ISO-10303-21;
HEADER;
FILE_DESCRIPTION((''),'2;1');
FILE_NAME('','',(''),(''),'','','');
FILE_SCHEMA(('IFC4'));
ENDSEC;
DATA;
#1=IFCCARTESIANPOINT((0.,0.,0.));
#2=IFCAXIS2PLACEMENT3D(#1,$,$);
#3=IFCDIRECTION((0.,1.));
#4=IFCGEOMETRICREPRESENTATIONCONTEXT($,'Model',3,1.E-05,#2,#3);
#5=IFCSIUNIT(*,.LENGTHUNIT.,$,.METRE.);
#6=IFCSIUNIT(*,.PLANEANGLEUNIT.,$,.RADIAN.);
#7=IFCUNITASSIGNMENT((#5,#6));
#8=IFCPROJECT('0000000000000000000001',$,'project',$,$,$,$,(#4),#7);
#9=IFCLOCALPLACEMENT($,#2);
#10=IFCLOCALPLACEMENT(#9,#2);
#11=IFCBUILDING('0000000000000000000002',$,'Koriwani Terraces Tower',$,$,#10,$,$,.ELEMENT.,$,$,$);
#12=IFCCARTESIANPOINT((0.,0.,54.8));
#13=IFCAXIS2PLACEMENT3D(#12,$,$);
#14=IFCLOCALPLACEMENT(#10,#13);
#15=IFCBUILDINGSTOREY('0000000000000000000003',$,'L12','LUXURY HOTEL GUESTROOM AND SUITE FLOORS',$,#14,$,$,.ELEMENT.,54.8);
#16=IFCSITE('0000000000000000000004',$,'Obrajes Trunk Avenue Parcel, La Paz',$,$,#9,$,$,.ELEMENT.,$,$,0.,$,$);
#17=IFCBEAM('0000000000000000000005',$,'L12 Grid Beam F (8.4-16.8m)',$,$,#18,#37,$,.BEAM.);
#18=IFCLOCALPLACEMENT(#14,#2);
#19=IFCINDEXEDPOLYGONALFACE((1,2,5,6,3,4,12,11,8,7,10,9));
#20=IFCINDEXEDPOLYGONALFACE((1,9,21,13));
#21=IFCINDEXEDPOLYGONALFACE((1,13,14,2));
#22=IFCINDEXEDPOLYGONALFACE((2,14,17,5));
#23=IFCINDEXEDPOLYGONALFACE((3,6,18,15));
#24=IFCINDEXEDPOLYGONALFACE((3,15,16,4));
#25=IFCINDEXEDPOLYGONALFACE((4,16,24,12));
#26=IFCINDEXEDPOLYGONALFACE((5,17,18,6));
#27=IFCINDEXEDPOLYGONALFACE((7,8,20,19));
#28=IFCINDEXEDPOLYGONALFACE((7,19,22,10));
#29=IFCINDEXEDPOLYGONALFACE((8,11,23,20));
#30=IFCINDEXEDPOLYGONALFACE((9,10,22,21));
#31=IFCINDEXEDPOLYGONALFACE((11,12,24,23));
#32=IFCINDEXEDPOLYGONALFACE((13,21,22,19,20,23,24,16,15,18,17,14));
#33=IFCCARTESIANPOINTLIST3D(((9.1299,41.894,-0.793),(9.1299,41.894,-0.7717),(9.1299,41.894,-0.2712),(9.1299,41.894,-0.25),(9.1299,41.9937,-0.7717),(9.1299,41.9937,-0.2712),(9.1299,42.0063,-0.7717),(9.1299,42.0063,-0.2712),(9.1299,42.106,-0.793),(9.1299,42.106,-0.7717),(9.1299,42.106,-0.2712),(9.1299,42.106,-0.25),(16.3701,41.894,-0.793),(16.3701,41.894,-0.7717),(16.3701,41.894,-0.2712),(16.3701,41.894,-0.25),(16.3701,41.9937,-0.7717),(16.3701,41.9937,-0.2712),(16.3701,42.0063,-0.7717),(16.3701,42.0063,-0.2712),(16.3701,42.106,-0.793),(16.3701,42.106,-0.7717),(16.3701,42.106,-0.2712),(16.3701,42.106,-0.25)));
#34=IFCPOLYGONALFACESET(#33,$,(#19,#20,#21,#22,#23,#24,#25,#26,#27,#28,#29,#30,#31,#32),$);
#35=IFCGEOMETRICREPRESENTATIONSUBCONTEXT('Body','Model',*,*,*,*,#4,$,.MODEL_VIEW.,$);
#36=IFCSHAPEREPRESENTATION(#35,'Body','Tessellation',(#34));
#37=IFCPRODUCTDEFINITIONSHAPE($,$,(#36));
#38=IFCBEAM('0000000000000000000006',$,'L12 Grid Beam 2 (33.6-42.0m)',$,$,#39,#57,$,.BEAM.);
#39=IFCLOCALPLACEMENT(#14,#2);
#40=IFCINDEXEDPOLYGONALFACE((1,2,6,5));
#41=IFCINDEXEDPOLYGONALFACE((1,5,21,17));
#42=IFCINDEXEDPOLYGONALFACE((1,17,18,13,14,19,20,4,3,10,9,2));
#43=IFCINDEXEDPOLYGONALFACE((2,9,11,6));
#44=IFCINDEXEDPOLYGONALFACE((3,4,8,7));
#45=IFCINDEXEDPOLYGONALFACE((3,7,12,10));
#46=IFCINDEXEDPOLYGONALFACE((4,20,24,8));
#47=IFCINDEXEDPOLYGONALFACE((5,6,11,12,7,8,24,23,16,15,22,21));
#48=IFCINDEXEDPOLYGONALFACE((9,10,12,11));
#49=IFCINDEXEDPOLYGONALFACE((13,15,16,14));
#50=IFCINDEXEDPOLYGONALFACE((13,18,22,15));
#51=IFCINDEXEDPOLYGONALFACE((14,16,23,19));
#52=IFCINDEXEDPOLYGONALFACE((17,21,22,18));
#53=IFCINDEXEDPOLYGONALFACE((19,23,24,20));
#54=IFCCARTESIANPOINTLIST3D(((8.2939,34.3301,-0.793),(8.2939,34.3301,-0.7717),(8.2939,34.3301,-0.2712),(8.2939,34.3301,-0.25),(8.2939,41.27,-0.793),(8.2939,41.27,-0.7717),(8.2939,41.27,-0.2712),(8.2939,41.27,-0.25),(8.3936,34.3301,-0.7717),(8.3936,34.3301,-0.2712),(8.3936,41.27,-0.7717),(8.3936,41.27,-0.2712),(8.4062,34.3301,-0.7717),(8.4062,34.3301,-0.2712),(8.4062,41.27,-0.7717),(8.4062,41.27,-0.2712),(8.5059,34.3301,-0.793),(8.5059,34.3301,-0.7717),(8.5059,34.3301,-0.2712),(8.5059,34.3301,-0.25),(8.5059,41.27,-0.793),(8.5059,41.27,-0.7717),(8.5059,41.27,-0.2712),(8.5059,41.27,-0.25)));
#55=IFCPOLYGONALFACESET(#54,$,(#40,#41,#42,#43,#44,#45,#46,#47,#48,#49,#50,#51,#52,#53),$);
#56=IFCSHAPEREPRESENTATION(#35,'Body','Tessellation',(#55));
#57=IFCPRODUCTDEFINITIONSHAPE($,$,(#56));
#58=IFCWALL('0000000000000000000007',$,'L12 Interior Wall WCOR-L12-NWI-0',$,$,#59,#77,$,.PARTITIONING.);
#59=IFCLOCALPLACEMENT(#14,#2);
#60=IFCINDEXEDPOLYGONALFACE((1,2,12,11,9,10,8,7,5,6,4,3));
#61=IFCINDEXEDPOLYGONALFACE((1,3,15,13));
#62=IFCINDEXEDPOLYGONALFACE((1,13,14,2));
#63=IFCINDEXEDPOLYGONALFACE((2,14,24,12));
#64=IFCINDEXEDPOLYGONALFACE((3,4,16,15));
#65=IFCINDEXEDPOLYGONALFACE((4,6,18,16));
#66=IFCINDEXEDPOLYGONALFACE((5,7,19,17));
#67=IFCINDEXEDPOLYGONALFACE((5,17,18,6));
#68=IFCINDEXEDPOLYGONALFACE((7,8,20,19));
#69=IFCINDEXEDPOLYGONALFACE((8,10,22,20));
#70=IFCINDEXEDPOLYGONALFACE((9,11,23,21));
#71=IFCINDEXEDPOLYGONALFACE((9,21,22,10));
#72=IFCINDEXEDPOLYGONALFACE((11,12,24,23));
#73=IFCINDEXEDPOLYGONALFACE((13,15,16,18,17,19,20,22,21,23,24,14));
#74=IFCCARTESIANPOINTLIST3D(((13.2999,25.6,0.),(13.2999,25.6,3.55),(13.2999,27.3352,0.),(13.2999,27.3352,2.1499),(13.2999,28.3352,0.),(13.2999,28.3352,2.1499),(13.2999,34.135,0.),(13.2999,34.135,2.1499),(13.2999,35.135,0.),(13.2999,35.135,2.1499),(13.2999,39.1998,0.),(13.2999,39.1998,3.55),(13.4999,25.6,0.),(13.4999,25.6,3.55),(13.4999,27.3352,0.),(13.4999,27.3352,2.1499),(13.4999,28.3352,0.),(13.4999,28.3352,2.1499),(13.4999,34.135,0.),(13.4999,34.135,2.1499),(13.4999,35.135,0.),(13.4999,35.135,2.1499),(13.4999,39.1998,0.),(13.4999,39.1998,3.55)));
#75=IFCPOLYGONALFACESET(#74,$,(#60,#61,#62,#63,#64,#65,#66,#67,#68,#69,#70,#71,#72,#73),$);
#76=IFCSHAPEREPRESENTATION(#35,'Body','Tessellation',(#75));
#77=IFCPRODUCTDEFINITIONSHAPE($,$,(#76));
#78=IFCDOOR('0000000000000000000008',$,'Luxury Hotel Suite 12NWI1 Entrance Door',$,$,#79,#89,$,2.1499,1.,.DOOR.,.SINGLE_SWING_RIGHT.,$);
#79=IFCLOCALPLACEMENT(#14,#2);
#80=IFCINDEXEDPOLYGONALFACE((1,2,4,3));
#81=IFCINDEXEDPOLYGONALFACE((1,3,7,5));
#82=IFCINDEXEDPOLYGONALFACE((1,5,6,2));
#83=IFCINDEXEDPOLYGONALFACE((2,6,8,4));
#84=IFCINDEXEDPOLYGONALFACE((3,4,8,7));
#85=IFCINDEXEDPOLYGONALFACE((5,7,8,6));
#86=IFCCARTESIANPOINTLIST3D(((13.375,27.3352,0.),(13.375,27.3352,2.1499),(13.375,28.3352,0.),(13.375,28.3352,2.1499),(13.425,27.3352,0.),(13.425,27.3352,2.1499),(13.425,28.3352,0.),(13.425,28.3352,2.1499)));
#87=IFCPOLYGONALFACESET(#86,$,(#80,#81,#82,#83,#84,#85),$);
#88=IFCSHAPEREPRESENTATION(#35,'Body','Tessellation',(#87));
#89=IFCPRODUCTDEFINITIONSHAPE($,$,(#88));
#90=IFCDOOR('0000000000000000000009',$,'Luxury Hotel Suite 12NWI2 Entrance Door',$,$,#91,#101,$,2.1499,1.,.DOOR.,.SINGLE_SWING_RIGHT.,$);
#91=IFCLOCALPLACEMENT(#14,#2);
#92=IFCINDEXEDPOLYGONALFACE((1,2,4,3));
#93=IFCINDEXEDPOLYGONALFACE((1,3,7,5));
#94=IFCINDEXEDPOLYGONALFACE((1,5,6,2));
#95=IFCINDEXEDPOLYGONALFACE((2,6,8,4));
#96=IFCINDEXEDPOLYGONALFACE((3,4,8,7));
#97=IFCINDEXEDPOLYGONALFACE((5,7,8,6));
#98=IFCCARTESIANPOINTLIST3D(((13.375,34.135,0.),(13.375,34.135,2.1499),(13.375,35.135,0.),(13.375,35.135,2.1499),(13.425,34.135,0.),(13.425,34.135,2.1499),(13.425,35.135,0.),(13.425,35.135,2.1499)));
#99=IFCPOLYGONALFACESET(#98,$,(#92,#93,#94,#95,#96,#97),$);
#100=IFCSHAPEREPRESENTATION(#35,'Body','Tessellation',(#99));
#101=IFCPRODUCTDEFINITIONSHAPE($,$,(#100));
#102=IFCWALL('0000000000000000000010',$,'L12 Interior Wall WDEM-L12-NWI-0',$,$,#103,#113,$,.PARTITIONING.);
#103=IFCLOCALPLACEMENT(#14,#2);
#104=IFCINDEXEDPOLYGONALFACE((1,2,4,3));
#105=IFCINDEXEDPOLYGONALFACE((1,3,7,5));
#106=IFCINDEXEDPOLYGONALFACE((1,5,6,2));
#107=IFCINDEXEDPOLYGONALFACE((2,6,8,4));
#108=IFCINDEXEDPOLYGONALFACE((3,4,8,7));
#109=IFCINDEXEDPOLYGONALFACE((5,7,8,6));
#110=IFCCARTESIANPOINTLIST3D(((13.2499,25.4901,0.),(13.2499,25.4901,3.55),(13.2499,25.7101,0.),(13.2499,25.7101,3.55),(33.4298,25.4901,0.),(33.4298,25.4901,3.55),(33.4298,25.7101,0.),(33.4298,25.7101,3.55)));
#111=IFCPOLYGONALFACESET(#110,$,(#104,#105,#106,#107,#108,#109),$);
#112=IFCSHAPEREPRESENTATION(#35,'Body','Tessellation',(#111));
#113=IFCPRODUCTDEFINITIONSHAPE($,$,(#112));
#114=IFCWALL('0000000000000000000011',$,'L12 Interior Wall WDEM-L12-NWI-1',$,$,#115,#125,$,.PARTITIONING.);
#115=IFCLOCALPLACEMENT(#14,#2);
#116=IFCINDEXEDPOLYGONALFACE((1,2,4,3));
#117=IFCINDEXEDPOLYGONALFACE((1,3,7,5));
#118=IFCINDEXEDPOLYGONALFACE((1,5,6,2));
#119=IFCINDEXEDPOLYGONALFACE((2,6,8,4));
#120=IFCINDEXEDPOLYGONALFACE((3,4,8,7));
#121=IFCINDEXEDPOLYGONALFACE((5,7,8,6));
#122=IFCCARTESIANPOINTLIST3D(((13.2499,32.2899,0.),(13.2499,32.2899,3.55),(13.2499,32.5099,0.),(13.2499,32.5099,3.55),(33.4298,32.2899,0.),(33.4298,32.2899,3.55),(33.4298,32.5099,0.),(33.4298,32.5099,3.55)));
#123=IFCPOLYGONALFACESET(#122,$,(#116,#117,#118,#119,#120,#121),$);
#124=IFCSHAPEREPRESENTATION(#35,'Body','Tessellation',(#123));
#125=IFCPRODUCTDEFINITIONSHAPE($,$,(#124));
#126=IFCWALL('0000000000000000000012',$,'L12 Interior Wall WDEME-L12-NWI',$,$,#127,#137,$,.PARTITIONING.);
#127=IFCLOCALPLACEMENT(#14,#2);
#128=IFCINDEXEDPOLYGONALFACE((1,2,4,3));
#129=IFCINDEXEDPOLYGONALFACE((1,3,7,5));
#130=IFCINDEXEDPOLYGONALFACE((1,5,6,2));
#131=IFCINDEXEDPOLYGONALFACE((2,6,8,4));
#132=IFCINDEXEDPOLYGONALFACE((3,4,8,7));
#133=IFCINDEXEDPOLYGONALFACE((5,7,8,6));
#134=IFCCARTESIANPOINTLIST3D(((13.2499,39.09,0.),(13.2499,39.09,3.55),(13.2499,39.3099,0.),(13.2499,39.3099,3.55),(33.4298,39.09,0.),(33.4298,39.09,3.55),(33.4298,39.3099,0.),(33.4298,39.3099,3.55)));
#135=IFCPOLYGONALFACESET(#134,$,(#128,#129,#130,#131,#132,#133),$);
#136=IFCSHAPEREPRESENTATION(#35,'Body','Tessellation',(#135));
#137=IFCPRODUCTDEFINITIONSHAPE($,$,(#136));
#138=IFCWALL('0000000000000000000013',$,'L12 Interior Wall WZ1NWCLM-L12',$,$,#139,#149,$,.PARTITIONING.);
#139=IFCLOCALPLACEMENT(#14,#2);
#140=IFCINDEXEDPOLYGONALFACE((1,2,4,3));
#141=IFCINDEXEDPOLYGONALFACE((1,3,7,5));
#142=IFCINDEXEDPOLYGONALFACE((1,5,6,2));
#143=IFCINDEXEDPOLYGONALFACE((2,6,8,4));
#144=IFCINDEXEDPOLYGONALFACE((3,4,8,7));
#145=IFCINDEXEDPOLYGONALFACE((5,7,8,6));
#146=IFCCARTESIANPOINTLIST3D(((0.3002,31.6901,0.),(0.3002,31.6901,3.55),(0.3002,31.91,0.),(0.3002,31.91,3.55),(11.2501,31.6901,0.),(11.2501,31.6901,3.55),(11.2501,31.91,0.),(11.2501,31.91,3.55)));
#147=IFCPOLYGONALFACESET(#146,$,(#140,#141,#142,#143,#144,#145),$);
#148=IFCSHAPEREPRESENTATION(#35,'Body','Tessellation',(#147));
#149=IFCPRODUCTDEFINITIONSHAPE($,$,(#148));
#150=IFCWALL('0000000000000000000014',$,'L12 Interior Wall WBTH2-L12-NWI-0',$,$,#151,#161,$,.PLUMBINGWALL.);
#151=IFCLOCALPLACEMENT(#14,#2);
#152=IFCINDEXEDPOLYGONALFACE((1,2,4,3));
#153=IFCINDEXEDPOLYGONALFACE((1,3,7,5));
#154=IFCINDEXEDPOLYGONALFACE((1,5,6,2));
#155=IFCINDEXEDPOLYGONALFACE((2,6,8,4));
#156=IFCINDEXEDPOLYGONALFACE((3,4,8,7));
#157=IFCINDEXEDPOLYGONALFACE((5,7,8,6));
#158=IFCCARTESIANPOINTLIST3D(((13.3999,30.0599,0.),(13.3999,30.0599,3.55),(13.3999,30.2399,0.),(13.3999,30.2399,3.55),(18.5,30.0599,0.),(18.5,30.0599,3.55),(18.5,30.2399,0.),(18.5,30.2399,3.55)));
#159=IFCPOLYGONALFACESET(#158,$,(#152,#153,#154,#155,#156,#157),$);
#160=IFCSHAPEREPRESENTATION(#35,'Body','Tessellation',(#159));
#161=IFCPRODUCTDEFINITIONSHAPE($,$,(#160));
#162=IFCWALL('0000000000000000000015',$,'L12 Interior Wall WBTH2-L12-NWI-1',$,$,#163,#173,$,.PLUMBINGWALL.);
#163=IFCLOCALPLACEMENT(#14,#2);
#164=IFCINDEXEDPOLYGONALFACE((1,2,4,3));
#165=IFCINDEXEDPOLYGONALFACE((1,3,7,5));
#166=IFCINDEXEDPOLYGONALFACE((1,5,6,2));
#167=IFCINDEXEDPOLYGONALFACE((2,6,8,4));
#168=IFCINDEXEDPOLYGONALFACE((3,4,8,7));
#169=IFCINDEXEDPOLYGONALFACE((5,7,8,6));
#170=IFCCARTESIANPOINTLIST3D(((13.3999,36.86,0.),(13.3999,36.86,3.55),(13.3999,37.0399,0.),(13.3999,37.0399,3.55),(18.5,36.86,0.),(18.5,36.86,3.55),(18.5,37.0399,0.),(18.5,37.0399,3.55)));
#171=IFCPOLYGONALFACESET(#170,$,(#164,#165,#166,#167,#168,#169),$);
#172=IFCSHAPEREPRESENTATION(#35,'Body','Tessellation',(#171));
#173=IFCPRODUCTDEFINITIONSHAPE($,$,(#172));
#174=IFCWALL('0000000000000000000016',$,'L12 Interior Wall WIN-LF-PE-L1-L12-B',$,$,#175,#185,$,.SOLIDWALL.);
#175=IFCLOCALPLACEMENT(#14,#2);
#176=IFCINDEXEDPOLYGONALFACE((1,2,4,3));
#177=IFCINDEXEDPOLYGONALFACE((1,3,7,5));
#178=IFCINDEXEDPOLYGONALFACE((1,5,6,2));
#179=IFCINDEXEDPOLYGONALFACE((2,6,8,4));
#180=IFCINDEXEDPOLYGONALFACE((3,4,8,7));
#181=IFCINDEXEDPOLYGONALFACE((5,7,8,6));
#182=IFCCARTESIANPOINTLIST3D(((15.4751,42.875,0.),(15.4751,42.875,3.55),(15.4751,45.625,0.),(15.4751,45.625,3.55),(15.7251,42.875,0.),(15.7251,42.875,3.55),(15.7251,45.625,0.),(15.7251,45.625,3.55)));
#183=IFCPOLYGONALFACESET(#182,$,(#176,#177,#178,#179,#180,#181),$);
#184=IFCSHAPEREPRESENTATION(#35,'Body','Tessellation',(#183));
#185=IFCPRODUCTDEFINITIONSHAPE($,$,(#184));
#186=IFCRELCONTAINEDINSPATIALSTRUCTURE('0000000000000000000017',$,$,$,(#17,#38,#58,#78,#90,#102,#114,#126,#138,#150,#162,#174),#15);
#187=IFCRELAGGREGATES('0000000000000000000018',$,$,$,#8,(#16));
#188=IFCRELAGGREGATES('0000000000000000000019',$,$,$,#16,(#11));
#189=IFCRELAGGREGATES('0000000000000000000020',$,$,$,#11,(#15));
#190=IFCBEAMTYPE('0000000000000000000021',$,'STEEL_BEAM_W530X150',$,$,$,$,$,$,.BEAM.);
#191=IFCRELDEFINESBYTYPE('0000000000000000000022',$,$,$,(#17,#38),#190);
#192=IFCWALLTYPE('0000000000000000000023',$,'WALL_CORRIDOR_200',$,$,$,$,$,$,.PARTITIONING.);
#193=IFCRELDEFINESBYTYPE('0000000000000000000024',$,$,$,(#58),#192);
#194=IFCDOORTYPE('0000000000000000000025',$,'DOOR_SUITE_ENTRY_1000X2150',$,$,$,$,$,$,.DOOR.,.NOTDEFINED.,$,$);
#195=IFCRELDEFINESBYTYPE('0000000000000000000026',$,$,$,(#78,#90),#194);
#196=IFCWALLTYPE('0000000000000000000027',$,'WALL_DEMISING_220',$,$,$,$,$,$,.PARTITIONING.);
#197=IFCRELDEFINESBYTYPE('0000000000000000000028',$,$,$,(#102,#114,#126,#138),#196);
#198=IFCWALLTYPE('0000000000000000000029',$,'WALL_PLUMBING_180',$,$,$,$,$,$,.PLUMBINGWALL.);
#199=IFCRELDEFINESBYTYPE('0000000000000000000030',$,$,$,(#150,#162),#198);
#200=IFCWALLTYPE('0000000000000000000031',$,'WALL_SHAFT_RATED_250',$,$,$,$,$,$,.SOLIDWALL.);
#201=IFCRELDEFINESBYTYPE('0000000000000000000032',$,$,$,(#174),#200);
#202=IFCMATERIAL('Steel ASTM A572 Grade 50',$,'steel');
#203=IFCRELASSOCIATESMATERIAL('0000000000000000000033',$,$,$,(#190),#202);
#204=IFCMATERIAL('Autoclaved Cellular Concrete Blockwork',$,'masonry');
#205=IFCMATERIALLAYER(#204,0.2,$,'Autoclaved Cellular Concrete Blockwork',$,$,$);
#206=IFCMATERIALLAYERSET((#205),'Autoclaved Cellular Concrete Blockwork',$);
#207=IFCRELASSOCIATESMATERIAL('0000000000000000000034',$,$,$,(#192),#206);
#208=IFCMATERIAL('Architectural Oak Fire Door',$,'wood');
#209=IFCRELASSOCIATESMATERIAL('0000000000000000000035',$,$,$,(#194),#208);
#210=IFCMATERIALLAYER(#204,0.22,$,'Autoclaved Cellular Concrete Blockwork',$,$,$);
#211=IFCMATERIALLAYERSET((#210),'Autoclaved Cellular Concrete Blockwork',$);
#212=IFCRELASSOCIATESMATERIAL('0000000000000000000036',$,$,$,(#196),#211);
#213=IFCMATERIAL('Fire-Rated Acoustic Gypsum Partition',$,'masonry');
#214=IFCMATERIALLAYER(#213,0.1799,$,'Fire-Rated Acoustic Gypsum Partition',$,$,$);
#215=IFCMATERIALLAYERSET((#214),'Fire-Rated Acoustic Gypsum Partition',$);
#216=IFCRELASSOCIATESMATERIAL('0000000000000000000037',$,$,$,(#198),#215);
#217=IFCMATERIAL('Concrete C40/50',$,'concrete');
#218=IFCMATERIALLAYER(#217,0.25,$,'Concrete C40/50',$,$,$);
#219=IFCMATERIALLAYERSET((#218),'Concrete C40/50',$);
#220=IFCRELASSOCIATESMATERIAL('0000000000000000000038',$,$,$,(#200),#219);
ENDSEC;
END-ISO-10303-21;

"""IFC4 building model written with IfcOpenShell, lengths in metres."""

from ifc_helpers import new_model, si_unit, direction, frame, frame_2d, origin, origin_2d, place, context, subcontext, project, spatial, rectangle, i_section, extrude, material, layer, layer_set, material_profile, profile_set, type_object, element, fill, save


model = new_model("IFC4")

# Units and contexts
model_context = context("Model", 3, precision=1e-05, world=origin(), true_north=direction((0.0, 1.0)))
body_context = subcontext(model_context, "Body", "Model", "MODEL_VIEW")
ifc_project = project(units=[si_unit("LENGTHUNIT", "METRE"), si_unit("PLANEANGLEUNIT", "RADIAN")], contexts=[model_context])

# Site, building, storey
site_placement = place(None, origin())
site = spatial("IfcSite", under=ifc_project, at=site_placement, Name="Obrajes Trunk Avenue Parcel, La Paz", CompositionType="ELEMENT", RefElevation=0.0)
building_placement = place(site_placement, origin())
building = spatial("IfcBuilding", under=site, at=building_placement, Name="Koriwani Terraces Tower", CompositionType="ELEMENT")
storey_placement = place(building_placement, frame((0.0, 0.0, 54.8)))
storey = spatial("IfcBuildingStorey", under=building, at=storey_placement, Name="L12", Description="LUXURY HOTEL GUESTROOM AND SUITE FLOORS", CompositionType="ELEMENT", Elevation=54.8)

# Beams
ifc_material_1 = material(Name="Concrete C40/50", Category="concrete")
ifc_material_2 = material(Name="Steel ASTM A572 Grade 50", Category="steel")
ifc_material_profile_1 = material_profile(ifc_material_2, i_section(OverallWidth=0.2119, OverallDepth=0.543, WebThickness=0.0127, FlangeThickness=0.0212, at=origin_2d()), Name="Steel ASTM A572 Grade 50", Category="LoadBearing")
ifc_profile_set_1 = profile_set([ifc_material_profile_1], Name="Steel ASTM A572 Grade 50")
beam_type_1 = type_object("IfcBeamType", Name="STEEL_BEAM_W530X150", PredefinedType="BEAM", material=ifc_profile_set_1)
beam_1_placement = place(storey_placement, frame((9.1299, 42.0, -0.5215), z_axis=(1.0, 0.0, 0.0), x_axis=(0.0, 1.0, 0.0)))
element("IfcBeam", 1, at=beam_1_placement, inside=storey, type_object=beam_type_1, Name="L12 Grid Beam F (8.4-16.8m)", PredefinedType="BEAM", context=body_context, shape_type="SweptSolid", body=[
    extrude(i_section(OverallWidth=0.2119, OverallDepth=0.543, WebThickness=0.0127, FlangeThickness=0.0212, at=origin_2d()), origin(), (0.0, 0.0, 1.0), 7.2402),
])
beam_2_placement = place(storey_placement, frame((8.3999, 34.3301, -0.5215), z_axis=(0.0, 1.0, 0.0), x_axis=(-1.0, 0.0, 0.0)))
element("IfcBeam", 2, at=beam_2_placement, inside=storey, type_object=beam_type_1, Name="L12 Grid Beam 2 (33.6-42.0m)", PredefinedType="BEAM", context=body_context, shape_type="SweptSolid", body=[
    extrude(i_section(OverallWidth=0.2119, OverallDepth=0.543, WebThickness=0.0127, FlangeThickness=0.0212, at=origin_2d()), origin(), (0.0, 0.0, 1.0), 6.9399),
])

# Wall, openings, doors
ifc_material_3 = material(Name="Autoclaved Cellular Concrete Blockwork", Category="masonry")
ifc_layer_1 = layer(ifc_material_3, 0.2, Name="Autoclaved Cellular Concrete Blockwork")
ifc_layer_set_1 = layer_set([ifc_layer_1], Name="Autoclaved Cellular Concrete Blockwork")
wall_type_1 = type_object("IfcWallType", Name="WALL_CORRIDOR_200", PredefinedType="PARTITIONING", material=ifc_layer_set_1)
wall_1_placement = place(storey_placement, frame((13.3999, 25.6001, 0.0), z_axis=(0.0, 0.0, 1.0), x_axis=(0.0, 1.0, 0.0)))
wall_1 = element("IfcWall", 3, at=wall_1_placement, inside=storey, type_object=wall_type_1, Name="L12 Interior Wall WCOR-L12-NWI-0", PredefinedType="PARTITIONING", context=body_context, shape_type="SweptSolid", body=[
    extrude(rectangle(XDim=13.5999, YDim=0.2, at=frame_2d((6.7998, 0.0))), origin(), (0.0, 0.0, 1.0), 3.55),
])
opening_1_placement = place(wall_1_placement, frame((1.7351, 0.0, 0.0)))
opening_1 = element("IfcOpeningElement", 4, at=opening_1_placement, cuts=wall_1, PredefinedType="OPENING", context=body_context, shape_type="SweptSolid", body=[
    extrude(rectangle(XDim=1.0, YDim=2.1499, at=frame_2d((0.5, 1.075))), frame((0.0, 0.1099, 0.0), z_axis=(0.0, -1.0, 0.0), x_axis=(1.0, 0.0, 0.0)), (0.0, 0.0, 1.0), 0.22),
])
opening_2_placement = place(wall_1_placement, frame((8.5349, 0.0, 0.0)))
opening_2 = element("IfcOpeningElement", 5, at=opening_2_placement, cuts=wall_1, PredefinedType="OPENING", context=body_context, shape_type="SweptSolid", body=[
    extrude(rectangle(XDim=1.0, YDim=2.1499, at=frame_2d((0.5, 1.075))), frame((0.0, 0.1099, 0.0), z_axis=(0.0, -1.0, 0.0), x_axis=(1.0, 0.0, 0.0)), (0.0, 0.0, 1.0), 0.22),
])
ifc_material_4 = material(Name="Architectural Oak Fire Door", Category="wood")
door_type_1 = type_object("IfcDoorType", Name="DOOR_SUITE_ENTRY_1000X2150", OperationType="NOTDEFINED", PredefinedType="DOOR", material=ifc_material_4)
door_1_placement = place(opening_1_placement, origin())
door_1 = element("IfcDoor", 6, at=door_1_placement, inside=storey, type_object=door_type_1, Name="Luxury Hotel Suite 12NWI1 Entrance Door", OperationType="SINGLE_SWING_RIGHT", OverallHeight=2.1499, OverallWidth=1.0, PredefinedType="DOOR", context=body_context, shape_type="SweptSolid", body=[
    extrude(rectangle(XDim=1.0, YDim=2.1499, at=frame_2d((0.5, 1.075))), frame((0.0, 0.0249, 0.0), z_axis=(0.0, -1.0, 0.0), x_axis=(1.0, 0.0, 0.0)), (0.0, 0.0, 1.0), 0.05),
])
fill(opening_1, door_1)
door_2_placement = place(opening_2_placement, origin())
door_2 = element("IfcDoor", 7, at=door_2_placement, inside=storey, type_object=door_type_1, Name="Luxury Hotel Suite 12NWI2 Entrance Door", OperationType="SINGLE_SWING_RIGHT", OverallHeight=2.1499, OverallWidth=1.0, PredefinedType="DOOR", context=body_context, shape_type="SweptSolid", body=[
    extrude(rectangle(XDim=1.0, YDim=2.1499, at=frame_2d((0.5, 1.075))), frame((0.0, 0.0249, 0.0), z_axis=(0.0, -1.0, 0.0), x_axis=(1.0, 0.0, 0.0)), (0.0, 0.0, 1.0), 0.05),
])
fill(opening_2, door_2)

# Walls
ifc_layer_2 = layer(ifc_material_3, 0.22, Name="Autoclaved Cellular Concrete Blockwork")
ifc_layer_set_2 = layer_set([ifc_layer_2], Name="Autoclaved Cellular Concrete Blockwork")
wall_type_2 = type_object("IfcWallType", Name="WALL_DEMISING_220", PredefinedType="PARTITIONING", material=ifc_layer_set_2)
for number, where, z_axis, x_axis, name in (
    (8, (13.25, 25.6001, 0.0), (0.0, 0.0, 1.0), (1.0, 0.0, 0.0), "L12 Interior Wall WDEM-L12-NWI-0"),
    (9, (13.25, 32.3999, 0.0), (0.0, 0.0, 1.0), (1.0, 0.0, 0.0), "L12 Interior Wall WDEM-L12-NWI-1"),
    (10, (13.25, 39.2, 0.0), (0.0, 0.0, 1.0), (1.0, 0.0, 0.0), "L12 Interior Wall WDEME-L12-NWI"),
):
    element("IfcWall", number, at=place(storey_placement, frame(where, z_axis=z_axis, x_axis=x_axis)), inside=storey, type_object=wall_type_2, Name=name, PredefinedType="PARTITIONING", context=body_context, shape_type="SweptSolid", body=[
        extrude(rectangle(XDim=20.1799, YDim=0.22, at=frame_2d((10.0898, 0.0))), origin(), (0.0, 0.0, 1.0), 3.55),
    ])
wall_2_placement = place(storey_placement, frame((0.3, 31.8, 0.0), z_axis=(0.0, 0.0, 1.0), x_axis=(1.0, 0.0, 0.0)))
element("IfcWall", 11, at=wall_2_placement, inside=storey, type_object=wall_type_2, Name="L12 Interior Wall WZ1NWCLM-L12", PredefinedType="PARTITIONING", context=body_context, shape_type="SweptSolid", body=[
    extrude(rectangle(XDim=10.95, YDim=0.22, at=frame_2d((5.4751, 0.0))), origin(), (0.0, 0.0, 1.0), 3.55),
])
ifc_material_5 = material(Name="Fire-Rated Acoustic Gypsum Partition", Category="masonry")
ifc_layer_3 = layer(ifc_material_5, 0.1799, Name="Fire-Rated Acoustic Gypsum Partition")
ifc_layer_set_3 = layer_set([ifc_layer_3], Name="Fire-Rated Acoustic Gypsum Partition")
wall_type_3 = type_object("IfcWallType", Name="WALL_PLUMBING_180", PredefinedType="PLUMBINGWALL", material=ifc_layer_set_3)
for number, where, z_axis, x_axis, name in (
    (12, (13.3999, 30.1499, 0.0), (0.0, 0.0, 1.0), (1.0, 0.0, 0.0), "L12 Interior Wall WBTH2-L12-NWI-0"),
    (13, (13.3999, 36.95, 0.0), (0.0, 0.0, 1.0), (1.0, 0.0, 0.0), "L12 Interior Wall WBTH2-L12-NWI-1"),
):
    element("IfcWall", number, at=place(storey_placement, frame(where, z_axis=z_axis, x_axis=x_axis)), inside=storey, type_object=wall_type_3, Name=name, PredefinedType="PLUMBINGWALL", context=body_context, shape_type="SweptSolid", body=[
        extrude(rectangle(XDim=5.1001, YDim=0.1799, at=frame_2d((2.55, 0.0))), origin(), (0.0, 0.0, 1.0), 3.55),
    ])

# Shared definitions
ifc_layer_4 = layer(ifc_material_1, 0.25, Name="Concrete C40/50")
ifc_layer_set_4 = layer_set([ifc_layer_4], Name="Concrete C40/50")
wall_type_4 = type_object("IfcWallType", Name="WALL_SHAFT_RATED_250", PredefinedType="SOLIDWALL", material=ifc_layer_set_4)

# Wall
wall_3_placement = place(storey_placement, frame((15.6001, 42.875, 0.0), z_axis=(0.0, 0.0, 1.0), x_axis=(0.0, 1.0, 0.0)))
element("IfcWall", 14, at=wall_3_placement, inside=storey, type_object=wall_type_4, Name="L12 Interior Wall WIN-LF-PE-L1-L12-B", PredefinedType="SOLIDWALL", context=body_context, shape_type="SweptSolid", body=[
    extrude(rectangle(XDim=2.75, YDim=0.25, at=frame_2d((1.375, 0.0))), origin(), (0.0, 0.0, 1.0), 3.55),
])

save(model, "model.ifc")
